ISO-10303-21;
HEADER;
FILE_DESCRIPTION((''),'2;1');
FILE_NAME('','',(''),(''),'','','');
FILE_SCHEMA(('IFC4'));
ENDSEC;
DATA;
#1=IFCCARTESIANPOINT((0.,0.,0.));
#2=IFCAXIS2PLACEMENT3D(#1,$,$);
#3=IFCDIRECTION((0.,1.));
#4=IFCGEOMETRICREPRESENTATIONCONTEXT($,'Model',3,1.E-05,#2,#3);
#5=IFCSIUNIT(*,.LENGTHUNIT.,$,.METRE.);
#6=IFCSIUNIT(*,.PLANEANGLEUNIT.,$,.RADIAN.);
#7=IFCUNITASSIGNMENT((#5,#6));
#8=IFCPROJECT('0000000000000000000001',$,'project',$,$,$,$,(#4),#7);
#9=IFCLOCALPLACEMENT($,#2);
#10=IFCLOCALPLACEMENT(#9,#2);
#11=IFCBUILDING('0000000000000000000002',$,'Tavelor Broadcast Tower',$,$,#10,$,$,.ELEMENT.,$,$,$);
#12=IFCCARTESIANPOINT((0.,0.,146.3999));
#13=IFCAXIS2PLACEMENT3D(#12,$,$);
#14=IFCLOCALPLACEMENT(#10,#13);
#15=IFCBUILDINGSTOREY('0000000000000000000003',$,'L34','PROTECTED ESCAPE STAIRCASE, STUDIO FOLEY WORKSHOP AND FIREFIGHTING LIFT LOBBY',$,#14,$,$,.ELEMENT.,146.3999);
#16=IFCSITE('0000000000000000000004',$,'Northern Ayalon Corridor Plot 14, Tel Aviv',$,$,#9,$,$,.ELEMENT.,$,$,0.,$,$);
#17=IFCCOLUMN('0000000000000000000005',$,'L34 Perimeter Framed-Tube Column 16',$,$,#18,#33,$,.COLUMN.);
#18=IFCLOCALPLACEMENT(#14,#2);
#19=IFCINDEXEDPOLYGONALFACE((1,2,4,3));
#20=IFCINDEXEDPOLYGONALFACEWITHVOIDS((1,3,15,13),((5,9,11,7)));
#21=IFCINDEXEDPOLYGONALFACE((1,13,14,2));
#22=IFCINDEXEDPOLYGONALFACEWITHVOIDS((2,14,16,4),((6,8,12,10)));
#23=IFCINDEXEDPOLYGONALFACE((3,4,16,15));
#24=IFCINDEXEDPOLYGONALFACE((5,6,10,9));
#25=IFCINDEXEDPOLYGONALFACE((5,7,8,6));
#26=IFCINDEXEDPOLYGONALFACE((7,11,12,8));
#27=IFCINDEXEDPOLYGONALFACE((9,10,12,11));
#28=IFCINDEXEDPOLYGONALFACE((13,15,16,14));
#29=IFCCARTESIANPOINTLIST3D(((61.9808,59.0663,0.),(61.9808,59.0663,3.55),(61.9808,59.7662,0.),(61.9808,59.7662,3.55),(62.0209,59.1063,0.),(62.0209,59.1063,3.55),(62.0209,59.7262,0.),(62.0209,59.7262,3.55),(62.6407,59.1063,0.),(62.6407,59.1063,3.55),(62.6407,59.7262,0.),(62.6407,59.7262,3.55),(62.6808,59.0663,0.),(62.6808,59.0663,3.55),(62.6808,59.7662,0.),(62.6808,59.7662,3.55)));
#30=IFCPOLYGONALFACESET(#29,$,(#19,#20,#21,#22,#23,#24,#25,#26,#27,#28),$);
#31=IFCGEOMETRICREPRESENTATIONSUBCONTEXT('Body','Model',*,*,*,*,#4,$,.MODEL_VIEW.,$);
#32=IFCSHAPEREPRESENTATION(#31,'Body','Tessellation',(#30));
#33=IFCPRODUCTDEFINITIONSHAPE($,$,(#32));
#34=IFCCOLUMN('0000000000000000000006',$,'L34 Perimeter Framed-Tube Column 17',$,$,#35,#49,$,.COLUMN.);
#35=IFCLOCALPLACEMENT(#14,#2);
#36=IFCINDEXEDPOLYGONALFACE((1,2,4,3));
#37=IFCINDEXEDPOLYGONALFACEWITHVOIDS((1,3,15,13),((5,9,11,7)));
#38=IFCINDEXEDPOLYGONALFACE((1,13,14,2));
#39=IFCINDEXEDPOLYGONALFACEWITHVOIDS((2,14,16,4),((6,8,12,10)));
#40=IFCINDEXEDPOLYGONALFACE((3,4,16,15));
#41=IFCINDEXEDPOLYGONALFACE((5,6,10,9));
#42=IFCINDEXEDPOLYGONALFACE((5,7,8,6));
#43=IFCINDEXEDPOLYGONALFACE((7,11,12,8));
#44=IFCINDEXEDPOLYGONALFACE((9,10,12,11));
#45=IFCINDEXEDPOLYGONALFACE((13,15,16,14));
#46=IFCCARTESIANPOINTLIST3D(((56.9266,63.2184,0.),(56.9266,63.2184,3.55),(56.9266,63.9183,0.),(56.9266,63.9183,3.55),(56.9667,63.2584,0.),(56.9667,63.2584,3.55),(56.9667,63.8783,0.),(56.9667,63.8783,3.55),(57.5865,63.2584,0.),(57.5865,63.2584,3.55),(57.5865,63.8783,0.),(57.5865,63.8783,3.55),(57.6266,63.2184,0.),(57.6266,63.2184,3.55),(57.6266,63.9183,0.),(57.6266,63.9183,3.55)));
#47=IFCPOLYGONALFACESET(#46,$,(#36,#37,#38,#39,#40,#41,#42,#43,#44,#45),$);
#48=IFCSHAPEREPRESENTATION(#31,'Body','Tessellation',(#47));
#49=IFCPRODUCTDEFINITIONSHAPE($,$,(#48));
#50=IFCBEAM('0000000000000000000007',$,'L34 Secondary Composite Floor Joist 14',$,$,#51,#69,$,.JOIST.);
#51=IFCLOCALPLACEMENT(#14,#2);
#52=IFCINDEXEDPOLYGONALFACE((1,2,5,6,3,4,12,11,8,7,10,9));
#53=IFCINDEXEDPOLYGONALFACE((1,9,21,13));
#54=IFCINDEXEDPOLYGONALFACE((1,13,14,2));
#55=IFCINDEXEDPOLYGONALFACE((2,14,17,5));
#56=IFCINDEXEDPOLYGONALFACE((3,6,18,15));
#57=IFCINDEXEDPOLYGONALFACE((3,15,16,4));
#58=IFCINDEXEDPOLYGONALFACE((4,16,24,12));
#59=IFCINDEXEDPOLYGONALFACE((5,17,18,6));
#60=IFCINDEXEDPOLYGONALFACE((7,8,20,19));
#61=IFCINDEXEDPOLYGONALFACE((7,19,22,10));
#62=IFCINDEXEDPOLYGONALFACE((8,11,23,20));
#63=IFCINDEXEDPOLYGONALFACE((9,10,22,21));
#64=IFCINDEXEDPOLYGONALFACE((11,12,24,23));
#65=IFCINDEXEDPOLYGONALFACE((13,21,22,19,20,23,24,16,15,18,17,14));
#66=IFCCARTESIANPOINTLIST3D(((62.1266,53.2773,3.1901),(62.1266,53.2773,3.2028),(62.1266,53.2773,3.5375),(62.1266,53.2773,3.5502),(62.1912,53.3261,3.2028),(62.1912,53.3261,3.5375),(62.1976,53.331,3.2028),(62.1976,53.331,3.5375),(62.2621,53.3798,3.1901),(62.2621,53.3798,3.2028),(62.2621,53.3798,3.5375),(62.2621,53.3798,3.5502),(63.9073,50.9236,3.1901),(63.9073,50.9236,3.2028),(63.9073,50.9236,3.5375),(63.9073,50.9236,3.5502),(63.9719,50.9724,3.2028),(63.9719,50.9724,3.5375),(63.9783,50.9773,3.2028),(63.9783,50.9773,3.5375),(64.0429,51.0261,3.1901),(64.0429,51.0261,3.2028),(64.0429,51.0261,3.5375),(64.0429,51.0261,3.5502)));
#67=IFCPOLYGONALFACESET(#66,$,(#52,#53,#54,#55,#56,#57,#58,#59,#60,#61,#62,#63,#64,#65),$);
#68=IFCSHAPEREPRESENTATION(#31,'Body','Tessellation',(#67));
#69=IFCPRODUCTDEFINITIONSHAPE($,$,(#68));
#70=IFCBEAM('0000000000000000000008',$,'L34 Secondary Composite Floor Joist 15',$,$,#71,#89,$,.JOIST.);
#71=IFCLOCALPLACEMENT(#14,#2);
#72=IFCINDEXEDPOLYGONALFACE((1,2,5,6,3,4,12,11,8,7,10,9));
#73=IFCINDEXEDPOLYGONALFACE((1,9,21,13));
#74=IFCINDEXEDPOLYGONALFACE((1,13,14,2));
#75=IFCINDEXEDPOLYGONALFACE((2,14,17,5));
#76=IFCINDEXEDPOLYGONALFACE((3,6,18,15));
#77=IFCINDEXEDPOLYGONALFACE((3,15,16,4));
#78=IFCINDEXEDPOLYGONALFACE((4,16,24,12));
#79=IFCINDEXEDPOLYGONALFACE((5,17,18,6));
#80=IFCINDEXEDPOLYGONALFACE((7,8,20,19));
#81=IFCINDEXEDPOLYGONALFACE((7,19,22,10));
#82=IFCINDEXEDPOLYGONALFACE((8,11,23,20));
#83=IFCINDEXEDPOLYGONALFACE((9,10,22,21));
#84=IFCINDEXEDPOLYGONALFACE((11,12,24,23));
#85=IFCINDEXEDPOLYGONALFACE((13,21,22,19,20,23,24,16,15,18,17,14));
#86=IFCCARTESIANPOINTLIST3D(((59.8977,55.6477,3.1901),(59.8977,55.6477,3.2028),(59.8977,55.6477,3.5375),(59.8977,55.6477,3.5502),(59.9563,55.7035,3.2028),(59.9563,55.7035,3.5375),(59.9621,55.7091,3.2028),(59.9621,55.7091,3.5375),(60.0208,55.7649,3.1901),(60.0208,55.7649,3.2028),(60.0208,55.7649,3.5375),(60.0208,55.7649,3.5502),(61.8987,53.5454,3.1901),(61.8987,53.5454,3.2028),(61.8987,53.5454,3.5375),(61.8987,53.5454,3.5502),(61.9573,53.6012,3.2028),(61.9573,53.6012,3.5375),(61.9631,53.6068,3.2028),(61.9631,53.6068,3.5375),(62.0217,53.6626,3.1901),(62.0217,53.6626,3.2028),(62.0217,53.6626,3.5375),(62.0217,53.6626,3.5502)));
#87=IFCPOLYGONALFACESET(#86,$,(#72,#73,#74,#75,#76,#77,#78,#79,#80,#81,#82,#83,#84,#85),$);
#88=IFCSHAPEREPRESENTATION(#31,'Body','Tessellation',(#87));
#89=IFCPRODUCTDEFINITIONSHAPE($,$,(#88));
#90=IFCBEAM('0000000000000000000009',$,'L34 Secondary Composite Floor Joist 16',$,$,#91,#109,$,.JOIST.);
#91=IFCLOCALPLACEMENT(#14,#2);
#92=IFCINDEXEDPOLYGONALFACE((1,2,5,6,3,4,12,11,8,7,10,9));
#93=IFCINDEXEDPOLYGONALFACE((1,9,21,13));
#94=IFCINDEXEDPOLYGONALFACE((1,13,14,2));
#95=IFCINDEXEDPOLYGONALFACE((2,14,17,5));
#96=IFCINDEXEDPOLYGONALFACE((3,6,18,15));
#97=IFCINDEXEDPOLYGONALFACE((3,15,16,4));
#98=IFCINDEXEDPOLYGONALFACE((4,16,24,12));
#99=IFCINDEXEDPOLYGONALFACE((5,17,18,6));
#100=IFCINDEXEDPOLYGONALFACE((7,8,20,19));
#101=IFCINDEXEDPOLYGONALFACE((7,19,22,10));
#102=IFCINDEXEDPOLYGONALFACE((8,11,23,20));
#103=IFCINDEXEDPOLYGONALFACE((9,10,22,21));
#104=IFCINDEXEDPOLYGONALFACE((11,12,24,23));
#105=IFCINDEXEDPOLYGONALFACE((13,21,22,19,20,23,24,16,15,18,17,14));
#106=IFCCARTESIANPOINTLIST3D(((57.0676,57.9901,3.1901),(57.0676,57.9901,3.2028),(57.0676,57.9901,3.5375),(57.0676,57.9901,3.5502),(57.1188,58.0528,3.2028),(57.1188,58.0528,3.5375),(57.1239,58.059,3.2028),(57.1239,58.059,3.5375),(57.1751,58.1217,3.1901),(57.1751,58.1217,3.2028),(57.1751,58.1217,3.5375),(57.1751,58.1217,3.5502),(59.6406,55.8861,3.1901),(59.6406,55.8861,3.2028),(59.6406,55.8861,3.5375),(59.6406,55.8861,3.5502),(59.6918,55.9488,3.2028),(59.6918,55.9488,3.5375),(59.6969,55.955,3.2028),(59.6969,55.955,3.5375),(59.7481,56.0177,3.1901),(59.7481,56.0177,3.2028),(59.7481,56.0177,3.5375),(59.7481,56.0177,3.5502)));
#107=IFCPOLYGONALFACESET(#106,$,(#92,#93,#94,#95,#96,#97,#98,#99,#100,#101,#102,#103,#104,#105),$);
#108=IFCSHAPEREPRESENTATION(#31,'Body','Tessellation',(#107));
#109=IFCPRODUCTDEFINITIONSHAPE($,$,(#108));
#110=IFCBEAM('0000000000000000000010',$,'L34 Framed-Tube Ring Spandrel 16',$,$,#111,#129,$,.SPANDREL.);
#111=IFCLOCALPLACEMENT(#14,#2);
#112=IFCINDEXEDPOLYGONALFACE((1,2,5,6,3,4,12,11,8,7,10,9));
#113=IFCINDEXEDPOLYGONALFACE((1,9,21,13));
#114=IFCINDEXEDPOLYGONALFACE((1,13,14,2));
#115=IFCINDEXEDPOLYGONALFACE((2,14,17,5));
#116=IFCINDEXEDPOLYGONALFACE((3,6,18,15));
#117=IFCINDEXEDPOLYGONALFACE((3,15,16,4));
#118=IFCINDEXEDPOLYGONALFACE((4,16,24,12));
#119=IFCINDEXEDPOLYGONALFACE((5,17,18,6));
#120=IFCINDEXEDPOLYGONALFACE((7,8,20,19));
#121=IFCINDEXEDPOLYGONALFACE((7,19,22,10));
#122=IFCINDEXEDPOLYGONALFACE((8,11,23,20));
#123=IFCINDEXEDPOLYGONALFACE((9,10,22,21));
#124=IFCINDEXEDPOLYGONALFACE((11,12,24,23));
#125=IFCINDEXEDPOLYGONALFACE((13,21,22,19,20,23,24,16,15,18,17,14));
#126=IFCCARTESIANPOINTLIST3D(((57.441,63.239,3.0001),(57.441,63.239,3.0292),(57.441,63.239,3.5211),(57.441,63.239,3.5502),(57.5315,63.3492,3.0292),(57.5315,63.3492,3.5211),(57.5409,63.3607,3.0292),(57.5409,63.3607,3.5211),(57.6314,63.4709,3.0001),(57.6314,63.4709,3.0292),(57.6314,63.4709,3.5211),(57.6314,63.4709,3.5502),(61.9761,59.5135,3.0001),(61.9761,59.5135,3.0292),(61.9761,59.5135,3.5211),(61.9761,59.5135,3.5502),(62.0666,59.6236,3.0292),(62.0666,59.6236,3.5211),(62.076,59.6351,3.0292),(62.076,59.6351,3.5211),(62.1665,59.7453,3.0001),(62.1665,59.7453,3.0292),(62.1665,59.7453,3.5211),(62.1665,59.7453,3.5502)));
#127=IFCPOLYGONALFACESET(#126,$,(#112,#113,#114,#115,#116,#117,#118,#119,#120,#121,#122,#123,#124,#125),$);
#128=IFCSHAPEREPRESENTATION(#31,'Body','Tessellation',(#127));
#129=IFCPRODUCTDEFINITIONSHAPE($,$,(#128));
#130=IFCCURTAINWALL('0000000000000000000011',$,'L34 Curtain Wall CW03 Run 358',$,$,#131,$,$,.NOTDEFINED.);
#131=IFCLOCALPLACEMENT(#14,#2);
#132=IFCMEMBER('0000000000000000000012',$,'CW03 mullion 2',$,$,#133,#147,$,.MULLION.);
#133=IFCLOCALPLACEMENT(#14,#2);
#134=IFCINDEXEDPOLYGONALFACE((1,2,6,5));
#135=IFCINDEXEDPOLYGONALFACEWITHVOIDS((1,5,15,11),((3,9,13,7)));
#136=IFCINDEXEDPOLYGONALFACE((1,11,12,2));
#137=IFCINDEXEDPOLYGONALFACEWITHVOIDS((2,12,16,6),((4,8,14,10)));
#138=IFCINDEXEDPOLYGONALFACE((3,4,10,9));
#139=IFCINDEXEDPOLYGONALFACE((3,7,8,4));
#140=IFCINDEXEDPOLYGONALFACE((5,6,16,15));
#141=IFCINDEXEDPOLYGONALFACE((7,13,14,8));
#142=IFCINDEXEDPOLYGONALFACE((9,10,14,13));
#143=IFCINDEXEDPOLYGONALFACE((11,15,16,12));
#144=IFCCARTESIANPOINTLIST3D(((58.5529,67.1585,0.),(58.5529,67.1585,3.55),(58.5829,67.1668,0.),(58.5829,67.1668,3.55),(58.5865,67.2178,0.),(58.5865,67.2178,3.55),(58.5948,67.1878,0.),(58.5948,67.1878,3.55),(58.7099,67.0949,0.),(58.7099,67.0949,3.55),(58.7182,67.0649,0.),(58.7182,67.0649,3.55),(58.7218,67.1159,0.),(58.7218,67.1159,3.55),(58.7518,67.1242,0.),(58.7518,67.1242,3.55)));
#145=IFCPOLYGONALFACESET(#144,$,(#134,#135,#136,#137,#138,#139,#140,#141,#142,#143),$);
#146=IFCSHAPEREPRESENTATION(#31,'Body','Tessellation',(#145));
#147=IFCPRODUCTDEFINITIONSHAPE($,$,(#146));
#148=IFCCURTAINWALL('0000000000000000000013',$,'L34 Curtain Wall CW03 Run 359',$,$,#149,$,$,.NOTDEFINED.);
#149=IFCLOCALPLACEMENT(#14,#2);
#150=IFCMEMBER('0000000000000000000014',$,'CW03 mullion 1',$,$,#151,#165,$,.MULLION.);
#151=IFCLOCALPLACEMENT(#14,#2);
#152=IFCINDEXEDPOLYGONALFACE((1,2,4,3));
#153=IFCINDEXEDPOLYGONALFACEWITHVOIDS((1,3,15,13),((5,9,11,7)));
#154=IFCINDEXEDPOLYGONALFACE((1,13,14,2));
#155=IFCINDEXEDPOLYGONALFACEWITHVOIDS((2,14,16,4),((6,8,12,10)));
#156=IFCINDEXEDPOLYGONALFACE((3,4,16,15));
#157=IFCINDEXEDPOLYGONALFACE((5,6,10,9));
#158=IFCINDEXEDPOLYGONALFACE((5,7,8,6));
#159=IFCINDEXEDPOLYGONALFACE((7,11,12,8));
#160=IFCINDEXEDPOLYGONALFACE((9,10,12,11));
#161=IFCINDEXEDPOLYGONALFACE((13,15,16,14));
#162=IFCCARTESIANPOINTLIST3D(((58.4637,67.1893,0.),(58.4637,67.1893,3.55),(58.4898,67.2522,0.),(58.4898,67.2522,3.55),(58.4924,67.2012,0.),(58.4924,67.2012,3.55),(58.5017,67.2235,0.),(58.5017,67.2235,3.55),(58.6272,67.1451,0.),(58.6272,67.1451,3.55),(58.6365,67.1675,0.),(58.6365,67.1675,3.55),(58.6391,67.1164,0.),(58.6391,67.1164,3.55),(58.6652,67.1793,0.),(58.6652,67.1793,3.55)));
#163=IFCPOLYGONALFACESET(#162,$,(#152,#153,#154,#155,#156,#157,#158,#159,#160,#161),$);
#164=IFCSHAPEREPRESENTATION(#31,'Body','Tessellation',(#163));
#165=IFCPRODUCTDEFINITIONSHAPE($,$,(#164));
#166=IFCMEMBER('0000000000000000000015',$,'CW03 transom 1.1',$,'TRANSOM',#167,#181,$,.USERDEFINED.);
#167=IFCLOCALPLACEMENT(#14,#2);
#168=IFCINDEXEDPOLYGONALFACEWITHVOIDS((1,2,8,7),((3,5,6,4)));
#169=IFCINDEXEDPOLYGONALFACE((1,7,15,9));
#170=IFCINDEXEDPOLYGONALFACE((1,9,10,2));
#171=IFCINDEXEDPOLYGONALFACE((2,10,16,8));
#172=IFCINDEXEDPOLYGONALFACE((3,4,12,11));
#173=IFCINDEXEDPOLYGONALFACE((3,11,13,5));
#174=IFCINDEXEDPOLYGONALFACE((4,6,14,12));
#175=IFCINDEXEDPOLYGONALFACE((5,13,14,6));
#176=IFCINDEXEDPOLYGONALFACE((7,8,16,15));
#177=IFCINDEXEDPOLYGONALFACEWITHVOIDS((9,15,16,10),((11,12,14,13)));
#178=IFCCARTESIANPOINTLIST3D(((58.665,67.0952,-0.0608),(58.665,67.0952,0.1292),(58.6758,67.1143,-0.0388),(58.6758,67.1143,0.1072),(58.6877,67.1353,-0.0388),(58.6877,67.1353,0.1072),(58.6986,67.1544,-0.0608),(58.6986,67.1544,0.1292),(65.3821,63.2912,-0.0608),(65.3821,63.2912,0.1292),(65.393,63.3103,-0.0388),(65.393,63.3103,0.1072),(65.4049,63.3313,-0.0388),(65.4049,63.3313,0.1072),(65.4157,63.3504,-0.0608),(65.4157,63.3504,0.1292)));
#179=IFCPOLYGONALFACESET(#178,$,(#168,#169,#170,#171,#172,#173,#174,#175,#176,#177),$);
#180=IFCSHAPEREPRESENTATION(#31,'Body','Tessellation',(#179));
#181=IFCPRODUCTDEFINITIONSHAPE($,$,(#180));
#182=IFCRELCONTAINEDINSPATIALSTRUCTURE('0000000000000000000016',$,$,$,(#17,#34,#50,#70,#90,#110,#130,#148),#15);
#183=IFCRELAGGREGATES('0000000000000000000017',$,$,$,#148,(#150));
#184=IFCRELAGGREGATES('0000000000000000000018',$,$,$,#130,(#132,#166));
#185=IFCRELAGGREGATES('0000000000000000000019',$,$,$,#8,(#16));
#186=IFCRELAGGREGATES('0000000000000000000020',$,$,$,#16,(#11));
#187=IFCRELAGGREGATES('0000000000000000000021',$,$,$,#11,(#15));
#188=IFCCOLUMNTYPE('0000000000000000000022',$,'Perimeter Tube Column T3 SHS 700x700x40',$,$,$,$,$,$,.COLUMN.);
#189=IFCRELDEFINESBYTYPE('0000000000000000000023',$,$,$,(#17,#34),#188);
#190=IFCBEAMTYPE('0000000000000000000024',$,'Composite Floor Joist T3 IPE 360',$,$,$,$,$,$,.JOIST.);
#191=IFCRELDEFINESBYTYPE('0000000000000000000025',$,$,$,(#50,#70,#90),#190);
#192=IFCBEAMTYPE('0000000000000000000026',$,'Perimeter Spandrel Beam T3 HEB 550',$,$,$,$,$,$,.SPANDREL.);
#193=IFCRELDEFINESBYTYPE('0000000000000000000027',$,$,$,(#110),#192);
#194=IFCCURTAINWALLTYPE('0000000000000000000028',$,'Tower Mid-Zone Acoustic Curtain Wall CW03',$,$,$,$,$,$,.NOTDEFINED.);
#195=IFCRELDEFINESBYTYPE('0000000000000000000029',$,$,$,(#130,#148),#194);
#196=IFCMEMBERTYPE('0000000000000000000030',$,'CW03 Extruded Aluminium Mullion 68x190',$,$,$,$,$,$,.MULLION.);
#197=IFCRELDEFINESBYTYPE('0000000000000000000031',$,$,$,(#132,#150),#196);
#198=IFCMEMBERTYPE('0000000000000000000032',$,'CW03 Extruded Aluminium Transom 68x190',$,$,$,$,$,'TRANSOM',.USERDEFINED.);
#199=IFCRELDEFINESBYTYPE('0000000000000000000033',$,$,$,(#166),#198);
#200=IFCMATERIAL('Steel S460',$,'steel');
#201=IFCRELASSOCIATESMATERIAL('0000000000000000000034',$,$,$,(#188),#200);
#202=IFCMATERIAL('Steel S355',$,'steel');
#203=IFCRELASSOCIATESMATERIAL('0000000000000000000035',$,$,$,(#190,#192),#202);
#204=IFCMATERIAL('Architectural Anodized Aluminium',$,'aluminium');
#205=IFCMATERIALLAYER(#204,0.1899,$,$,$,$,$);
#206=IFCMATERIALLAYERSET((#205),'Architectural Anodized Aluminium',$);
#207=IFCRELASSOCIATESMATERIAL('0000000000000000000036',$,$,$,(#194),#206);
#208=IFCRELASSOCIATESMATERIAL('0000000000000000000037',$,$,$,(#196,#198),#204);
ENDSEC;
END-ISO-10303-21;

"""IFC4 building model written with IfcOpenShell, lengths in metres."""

from ifc_helpers import new_model, si_unit, direction, frame, origin, origin_2d, place, context, subcontext, project, spatial, hollow_rectangle, i_section, extrude, source, transform, mapped, material, layer, layer_set, material_profile, profile_set, type_object, type_shapes, element, aggregate, save


model = new_model("IFC4")

# Units and contexts
model_context = context("Model", 3, precision=1e-05, world=origin(), true_north=direction((0.0, 1.0)))
body_context = subcontext(model_context, "Body", "Model", "MODEL_VIEW")
ifc_project = project(units=[si_unit("LENGTHUNIT", "METRE"), si_unit("PLANEANGLEUNIT", "RADIAN")], contexts=[model_context])

# Site, building, storey
site_placement = place(None, origin())
site = spatial("IfcSite", under=ifc_project, at=site_placement, Name="Northern Ayalon Corridor Plot 14, Tel Aviv", CompositionType="ELEMENT", RefElevation=0.0)
building_placement = place(site_placement, origin())
building = spatial("IfcBuilding", under=site, at=building_placement, Name="Tavelor Broadcast Tower", CompositionType="ELEMENT")
storey_placement = place(building_placement, frame((0.0, 0.0, 146.3999)))
storey = spatial("IfcBuildingStorey", under=building, at=storey_placement, Name="L34", Description="PROTECTED ESCAPE STAIRCASE, STUDIO FOLEY WORKSHOP AND FIREFIGHTING LIFT LOBBY", CompositionType="ELEMENT", Elevation=146.3999)

# Columns
ifc_material_1 = material(Name="Steel S460", Category="steel")
ifc_material_profile_1 = material_profile(ifc_material_1, hollow_rectangle(XDim=0.7, YDim=0.7, WallThickness=0.04, at=origin_2d()), Name="SHS 700x700x40")
ifc_profile_set_1 = profile_set([ifc_material_profile_1], Name="Steel S460")
column_type = type_object("IfcColumnType", Name="Perimeter Tube Column T3 SHS 700x700x40", PredefinedType="COLUMN", material=ifc_profile_set_1)
for number, where, z_axis, x_axis, name in (
    (1, (62.3308, 59.4163, 0.0), (0.0, 0.0, 1.0), (1.0, 0.0, 0.0), "L34 Perimeter Framed-Tube Column 16"),
    (2, (57.2766, 63.5684, 0.0), (0.0, 0.0, 1.0), (1.0, 0.0, 0.0), "L34 Perimeter Framed-Tube Column 17"),
):
    element("IfcColumn", number, at=place(storey_placement, frame(where, z_axis=z_axis, x_axis=x_axis)), inside=storey, type_object=column_type, Name=name, PredefinedType="COLUMN", context=body_context, shape_type="SweptSolid", body=[
        extrude(hollow_rectangle(XDim=0.7, YDim=0.7, WallThickness=0.04, at=origin_2d()), origin(), (0.0, 0.0, 1.0), 3.55),
    ])

# Beams
ifc_material_2 = material(Name="Steel S355", Category="steel")
ifc_material_profile_2 = material_profile(ifc_material_2, i_section(OverallWidth=0.1699, OverallDepth=0.3601, WebThickness=0.0081, FlangeThickness=0.0127, at=origin_2d()), Name="IPE 360")
ifc_profile_set_2 = profile_set([ifc_material_profile_2], Name="Steel S355")
beam_type_1 = type_object("IfcBeamType", Name="Composite Floor Joist T3 IPE 360", PredefinedType="JOIST", material=ifc_profile_set_2)
beam_1_placement = place(storey_placement, frame((63.9751, 50.9749, 3.3701), z_axis=(-0.603343, 0.797482, 0.0), x_axis=(-0.797482, -0.603343, 0.0)))
element("IfcBeam", 3, at=beam_1_placement, inside=storey, type_object=beam_type_1, Name="L34 Secondary Composite Floor Joist 14", PredefinedType="JOIST", context=body_context, shape_type="SweptSolid", body=[
    extrude(i_section(OverallWidth=0.1699, OverallDepth=0.3601, WebThickness=0.0081, FlangeThickness=0.0127, at=origin_2d()), origin(), (0.0, 0.0, 1.0), 2.9514),
])
beam_2_placement = place(storey_placement, frame((61.9602, 53.604, 3.3701), z_axis=(-0.689437, 0.724346, 0.0), x_axis=(-0.724346, -0.689437, 0.0)))
element("IfcBeam", 4, at=beam_2_placement, inside=storey, type_object=beam_type_1, Name="L34 Secondary Composite Floor Joist 15", PredefinedType="JOIST", context=body_context, shape_type="SweptSolid", body=[
    extrude(i_section(OverallWidth=0.1699, OverallDepth=0.3601, WebThickness=0.0081, FlangeThickness=0.0127, at=origin_2d()), origin(), (0.0, 0.0, 1.0), 2.9023),
])
beam_3_placement = place(storey_placement, frame((59.6943, 55.9519, 3.3701), z_axis=(-0.774131, 0.633026, 0.0), x_axis=(-0.633026, -0.774131, 0.0)))
element("IfcBeam", 5, at=beam_3_placement, inside=storey, type_object=beam_type_1, Name="L34 Secondary Composite Floor Joist 16", PredefinedType="JOIST", context=body_context, shape_type="SweptSolid", body=[
    extrude(i_section(OverallWidth=0.1699, OverallDepth=0.3601, WebThickness=0.0081, FlangeThickness=0.0127, at=origin_2d()), origin(), (0.0, 0.0, 1.0), 3.3237),
])
ifc_material_profile_3 = material_profile(ifc_material_2, i_section(OverallWidth=0.3, OverallDepth=0.55, WebThickness=0.0149, FlangeThickness=0.0291, at=origin_2d()), Name="HEB 550")
ifc_profile_set_3 = profile_set([ifc_material_profile_3], Name="Steel S355")
beam_type_2 = type_object("IfcBeamType", Name="Perimeter Spandrel Beam T3 HEB 550", PredefinedType="SPANDREL", material=ifc_profile_set_3)
beam_4_placement = place(storey_placement, frame((62.0713, 59.6294, 3.2751), z_axis=(-0.772703, 0.634768, 0.0), x_axis=(-0.634768, -0.772703, 0.0)))
element("IfcBeam", 6, at=beam_4_placement, inside=storey, type_object=beam_type_2, Name="L34 Framed-Tube Ring Spandrel 16", PredefinedType="SPANDREL", context=body_context, shape_type="SweptSolid", body=[
    extrude(i_section(OverallWidth=0.3, OverallDepth=0.55, WebThickness=0.0149, FlangeThickness=0.0291, at=origin_2d()), origin(), (0.0, 0.0, 1.0), 5.8691),
])

# Curtain walls, members
ifc_material_3 = material(Name="Architectural Anodized Aluminium", Category="aluminium")
ifc_layer_1 = layer(ifc_material_3, 0.1899)
ifc_layer_set_1 = layer_set([ifc_layer_1], Name="Architectural Anodized Aluminium")
curtain_wall_type = type_object("IfcCurtainWallType", Name="Tower Mid-Zone Acoustic Curtain Wall CW03", PredefinedType="NOTDEFINED", material=ifc_layer_set_1)
curtain_wall_1_placement = place(storey_placement, origin())
curtain_wall_1 = element("IfcCurtainWall", 7, at=curtain_wall_1_placement, inside=storey, type_object=curtain_wall_type, Name="L34 Curtain Wall CW03 Run 358", PredefinedType="NOTDEFINED")
ifc_material_profile_4 = material_profile(ifc_material_3, hollow_rectangle(XDim=0.0681, YDim=0.1899, WallThickness=0.022, at=origin_2d()), Name="RHS 68x190x22")
ifc_profile_set_4 = profile_set([ifc_material_profile_4], Name="Architectural Anodized Aluminium")
member_type_1 = type_object("IfcMemberType", Name="CW03 Extruded Aluminium Mullion 68x190", PredefinedType="MULLION", material=ifc_profile_set_4)
shared_shape_1 = source(origin(), body_context, "Body", "SweptSolid", [
    extrude(hollow_rectangle(XDim=0.0681, YDim=0.1899, WallThickness=0.022, at=origin_2d()), origin(), (0.0, 0.0, 1.0), 3.55),
])
type_shapes(member_type_1, [shared_shape_1])
member_1_placement = place(storey_placement, frame((58.6523, 67.1414, 0.0), z_axis=(0.0, 0.0, 1.0), x_axis=(-0.492787, -0.87015, 0.0)))
member_1 = element("IfcMember", 8, at=member_1_placement, type_object=member_type_1, Name="CW03 mullion 2", PredefinedType="MULLION", context=body_context, shape_type="MappedRepresentation", body=[
    mapped(shared_shape_1, transform((0.0, 0.0, 0.0), scale=1.0)),
])
curtain_wall_2_placement = place(storey_placement, origin())
curtain_wall_2 = element("IfcCurtainWall", 9, at=curtain_wall_2_placement, inside=storey, type_object=curtain_wall_type, Name="L34 Curtain Wall CW03 Run 359", PredefinedType="NOTDEFINED")
member_2_placement = place(storey_placement, frame((58.5645, 67.1843, 0.0), z_axis=(0.0, 0.0, 1.0), x_axis=(-0.383889, -0.923379, 0.0)))
member_2 = element("IfcMember", 10, at=member_2_placement, type_object=member_type_1, Name="CW03 mullion 1", PredefinedType="MULLION", context=body_context, shape_type="MappedRepresentation", body=[
    mapped(shared_shape_1, transform((0.0, 0.0, 0.0), scale=1.0)),
])

# Member
ifc_material_profile_5 = material_profile(ifc_material_3, hollow_rectangle(XDim=0.0681, YDim=0.1899, WallThickness=0.022, at=origin_2d()), Name="RHS 68x190x22")
ifc_profile_set_5 = profile_set([ifc_material_profile_5], Name="Architectural Anodized Aluminium")
member_type_2 = type_object("IfcMemberType", Name="CW03 Extruded Aluminium Transom 68x190", ElementType="TRANSOM", PredefinedType="USERDEFINED", material=ifc_profile_set_5)
shared_shape_2 = source(origin(), body_context, "Body", "SweptSolid", [
    extrude(hollow_rectangle(XDim=0.0681, YDim=0.1899, WallThickness=0.022, at=origin_2d()), origin(), (0.0, 0.0, 1.0), 7.7195),
])
type_shapes(member_type_2, [shared_shape_2])
member_3_placement = place(storey_placement, frame((65.3989, 63.3208, 0.0342), z_axis=(-0.870154, 0.49278, 0.0), x_axis=(-0.49278, -0.870154, 0.0)))
member_3 = element("IfcMember", 11, at=member_3_placement, type_object=member_type_2, Name="CW03 transom 1.1", ObjectType="TRANSOM", PredefinedType="USERDEFINED", context=body_context, shape_type="MappedRepresentation", body=[
    mapped(shared_shape_2, transform((0.0, 0.0, 0.0), scale=1.0)),
])
aggregate(curtain_wall_2, [member_2])

aggregate(curtain_wall_1, [member_1, member_3])

save(model, "model.ifc")
